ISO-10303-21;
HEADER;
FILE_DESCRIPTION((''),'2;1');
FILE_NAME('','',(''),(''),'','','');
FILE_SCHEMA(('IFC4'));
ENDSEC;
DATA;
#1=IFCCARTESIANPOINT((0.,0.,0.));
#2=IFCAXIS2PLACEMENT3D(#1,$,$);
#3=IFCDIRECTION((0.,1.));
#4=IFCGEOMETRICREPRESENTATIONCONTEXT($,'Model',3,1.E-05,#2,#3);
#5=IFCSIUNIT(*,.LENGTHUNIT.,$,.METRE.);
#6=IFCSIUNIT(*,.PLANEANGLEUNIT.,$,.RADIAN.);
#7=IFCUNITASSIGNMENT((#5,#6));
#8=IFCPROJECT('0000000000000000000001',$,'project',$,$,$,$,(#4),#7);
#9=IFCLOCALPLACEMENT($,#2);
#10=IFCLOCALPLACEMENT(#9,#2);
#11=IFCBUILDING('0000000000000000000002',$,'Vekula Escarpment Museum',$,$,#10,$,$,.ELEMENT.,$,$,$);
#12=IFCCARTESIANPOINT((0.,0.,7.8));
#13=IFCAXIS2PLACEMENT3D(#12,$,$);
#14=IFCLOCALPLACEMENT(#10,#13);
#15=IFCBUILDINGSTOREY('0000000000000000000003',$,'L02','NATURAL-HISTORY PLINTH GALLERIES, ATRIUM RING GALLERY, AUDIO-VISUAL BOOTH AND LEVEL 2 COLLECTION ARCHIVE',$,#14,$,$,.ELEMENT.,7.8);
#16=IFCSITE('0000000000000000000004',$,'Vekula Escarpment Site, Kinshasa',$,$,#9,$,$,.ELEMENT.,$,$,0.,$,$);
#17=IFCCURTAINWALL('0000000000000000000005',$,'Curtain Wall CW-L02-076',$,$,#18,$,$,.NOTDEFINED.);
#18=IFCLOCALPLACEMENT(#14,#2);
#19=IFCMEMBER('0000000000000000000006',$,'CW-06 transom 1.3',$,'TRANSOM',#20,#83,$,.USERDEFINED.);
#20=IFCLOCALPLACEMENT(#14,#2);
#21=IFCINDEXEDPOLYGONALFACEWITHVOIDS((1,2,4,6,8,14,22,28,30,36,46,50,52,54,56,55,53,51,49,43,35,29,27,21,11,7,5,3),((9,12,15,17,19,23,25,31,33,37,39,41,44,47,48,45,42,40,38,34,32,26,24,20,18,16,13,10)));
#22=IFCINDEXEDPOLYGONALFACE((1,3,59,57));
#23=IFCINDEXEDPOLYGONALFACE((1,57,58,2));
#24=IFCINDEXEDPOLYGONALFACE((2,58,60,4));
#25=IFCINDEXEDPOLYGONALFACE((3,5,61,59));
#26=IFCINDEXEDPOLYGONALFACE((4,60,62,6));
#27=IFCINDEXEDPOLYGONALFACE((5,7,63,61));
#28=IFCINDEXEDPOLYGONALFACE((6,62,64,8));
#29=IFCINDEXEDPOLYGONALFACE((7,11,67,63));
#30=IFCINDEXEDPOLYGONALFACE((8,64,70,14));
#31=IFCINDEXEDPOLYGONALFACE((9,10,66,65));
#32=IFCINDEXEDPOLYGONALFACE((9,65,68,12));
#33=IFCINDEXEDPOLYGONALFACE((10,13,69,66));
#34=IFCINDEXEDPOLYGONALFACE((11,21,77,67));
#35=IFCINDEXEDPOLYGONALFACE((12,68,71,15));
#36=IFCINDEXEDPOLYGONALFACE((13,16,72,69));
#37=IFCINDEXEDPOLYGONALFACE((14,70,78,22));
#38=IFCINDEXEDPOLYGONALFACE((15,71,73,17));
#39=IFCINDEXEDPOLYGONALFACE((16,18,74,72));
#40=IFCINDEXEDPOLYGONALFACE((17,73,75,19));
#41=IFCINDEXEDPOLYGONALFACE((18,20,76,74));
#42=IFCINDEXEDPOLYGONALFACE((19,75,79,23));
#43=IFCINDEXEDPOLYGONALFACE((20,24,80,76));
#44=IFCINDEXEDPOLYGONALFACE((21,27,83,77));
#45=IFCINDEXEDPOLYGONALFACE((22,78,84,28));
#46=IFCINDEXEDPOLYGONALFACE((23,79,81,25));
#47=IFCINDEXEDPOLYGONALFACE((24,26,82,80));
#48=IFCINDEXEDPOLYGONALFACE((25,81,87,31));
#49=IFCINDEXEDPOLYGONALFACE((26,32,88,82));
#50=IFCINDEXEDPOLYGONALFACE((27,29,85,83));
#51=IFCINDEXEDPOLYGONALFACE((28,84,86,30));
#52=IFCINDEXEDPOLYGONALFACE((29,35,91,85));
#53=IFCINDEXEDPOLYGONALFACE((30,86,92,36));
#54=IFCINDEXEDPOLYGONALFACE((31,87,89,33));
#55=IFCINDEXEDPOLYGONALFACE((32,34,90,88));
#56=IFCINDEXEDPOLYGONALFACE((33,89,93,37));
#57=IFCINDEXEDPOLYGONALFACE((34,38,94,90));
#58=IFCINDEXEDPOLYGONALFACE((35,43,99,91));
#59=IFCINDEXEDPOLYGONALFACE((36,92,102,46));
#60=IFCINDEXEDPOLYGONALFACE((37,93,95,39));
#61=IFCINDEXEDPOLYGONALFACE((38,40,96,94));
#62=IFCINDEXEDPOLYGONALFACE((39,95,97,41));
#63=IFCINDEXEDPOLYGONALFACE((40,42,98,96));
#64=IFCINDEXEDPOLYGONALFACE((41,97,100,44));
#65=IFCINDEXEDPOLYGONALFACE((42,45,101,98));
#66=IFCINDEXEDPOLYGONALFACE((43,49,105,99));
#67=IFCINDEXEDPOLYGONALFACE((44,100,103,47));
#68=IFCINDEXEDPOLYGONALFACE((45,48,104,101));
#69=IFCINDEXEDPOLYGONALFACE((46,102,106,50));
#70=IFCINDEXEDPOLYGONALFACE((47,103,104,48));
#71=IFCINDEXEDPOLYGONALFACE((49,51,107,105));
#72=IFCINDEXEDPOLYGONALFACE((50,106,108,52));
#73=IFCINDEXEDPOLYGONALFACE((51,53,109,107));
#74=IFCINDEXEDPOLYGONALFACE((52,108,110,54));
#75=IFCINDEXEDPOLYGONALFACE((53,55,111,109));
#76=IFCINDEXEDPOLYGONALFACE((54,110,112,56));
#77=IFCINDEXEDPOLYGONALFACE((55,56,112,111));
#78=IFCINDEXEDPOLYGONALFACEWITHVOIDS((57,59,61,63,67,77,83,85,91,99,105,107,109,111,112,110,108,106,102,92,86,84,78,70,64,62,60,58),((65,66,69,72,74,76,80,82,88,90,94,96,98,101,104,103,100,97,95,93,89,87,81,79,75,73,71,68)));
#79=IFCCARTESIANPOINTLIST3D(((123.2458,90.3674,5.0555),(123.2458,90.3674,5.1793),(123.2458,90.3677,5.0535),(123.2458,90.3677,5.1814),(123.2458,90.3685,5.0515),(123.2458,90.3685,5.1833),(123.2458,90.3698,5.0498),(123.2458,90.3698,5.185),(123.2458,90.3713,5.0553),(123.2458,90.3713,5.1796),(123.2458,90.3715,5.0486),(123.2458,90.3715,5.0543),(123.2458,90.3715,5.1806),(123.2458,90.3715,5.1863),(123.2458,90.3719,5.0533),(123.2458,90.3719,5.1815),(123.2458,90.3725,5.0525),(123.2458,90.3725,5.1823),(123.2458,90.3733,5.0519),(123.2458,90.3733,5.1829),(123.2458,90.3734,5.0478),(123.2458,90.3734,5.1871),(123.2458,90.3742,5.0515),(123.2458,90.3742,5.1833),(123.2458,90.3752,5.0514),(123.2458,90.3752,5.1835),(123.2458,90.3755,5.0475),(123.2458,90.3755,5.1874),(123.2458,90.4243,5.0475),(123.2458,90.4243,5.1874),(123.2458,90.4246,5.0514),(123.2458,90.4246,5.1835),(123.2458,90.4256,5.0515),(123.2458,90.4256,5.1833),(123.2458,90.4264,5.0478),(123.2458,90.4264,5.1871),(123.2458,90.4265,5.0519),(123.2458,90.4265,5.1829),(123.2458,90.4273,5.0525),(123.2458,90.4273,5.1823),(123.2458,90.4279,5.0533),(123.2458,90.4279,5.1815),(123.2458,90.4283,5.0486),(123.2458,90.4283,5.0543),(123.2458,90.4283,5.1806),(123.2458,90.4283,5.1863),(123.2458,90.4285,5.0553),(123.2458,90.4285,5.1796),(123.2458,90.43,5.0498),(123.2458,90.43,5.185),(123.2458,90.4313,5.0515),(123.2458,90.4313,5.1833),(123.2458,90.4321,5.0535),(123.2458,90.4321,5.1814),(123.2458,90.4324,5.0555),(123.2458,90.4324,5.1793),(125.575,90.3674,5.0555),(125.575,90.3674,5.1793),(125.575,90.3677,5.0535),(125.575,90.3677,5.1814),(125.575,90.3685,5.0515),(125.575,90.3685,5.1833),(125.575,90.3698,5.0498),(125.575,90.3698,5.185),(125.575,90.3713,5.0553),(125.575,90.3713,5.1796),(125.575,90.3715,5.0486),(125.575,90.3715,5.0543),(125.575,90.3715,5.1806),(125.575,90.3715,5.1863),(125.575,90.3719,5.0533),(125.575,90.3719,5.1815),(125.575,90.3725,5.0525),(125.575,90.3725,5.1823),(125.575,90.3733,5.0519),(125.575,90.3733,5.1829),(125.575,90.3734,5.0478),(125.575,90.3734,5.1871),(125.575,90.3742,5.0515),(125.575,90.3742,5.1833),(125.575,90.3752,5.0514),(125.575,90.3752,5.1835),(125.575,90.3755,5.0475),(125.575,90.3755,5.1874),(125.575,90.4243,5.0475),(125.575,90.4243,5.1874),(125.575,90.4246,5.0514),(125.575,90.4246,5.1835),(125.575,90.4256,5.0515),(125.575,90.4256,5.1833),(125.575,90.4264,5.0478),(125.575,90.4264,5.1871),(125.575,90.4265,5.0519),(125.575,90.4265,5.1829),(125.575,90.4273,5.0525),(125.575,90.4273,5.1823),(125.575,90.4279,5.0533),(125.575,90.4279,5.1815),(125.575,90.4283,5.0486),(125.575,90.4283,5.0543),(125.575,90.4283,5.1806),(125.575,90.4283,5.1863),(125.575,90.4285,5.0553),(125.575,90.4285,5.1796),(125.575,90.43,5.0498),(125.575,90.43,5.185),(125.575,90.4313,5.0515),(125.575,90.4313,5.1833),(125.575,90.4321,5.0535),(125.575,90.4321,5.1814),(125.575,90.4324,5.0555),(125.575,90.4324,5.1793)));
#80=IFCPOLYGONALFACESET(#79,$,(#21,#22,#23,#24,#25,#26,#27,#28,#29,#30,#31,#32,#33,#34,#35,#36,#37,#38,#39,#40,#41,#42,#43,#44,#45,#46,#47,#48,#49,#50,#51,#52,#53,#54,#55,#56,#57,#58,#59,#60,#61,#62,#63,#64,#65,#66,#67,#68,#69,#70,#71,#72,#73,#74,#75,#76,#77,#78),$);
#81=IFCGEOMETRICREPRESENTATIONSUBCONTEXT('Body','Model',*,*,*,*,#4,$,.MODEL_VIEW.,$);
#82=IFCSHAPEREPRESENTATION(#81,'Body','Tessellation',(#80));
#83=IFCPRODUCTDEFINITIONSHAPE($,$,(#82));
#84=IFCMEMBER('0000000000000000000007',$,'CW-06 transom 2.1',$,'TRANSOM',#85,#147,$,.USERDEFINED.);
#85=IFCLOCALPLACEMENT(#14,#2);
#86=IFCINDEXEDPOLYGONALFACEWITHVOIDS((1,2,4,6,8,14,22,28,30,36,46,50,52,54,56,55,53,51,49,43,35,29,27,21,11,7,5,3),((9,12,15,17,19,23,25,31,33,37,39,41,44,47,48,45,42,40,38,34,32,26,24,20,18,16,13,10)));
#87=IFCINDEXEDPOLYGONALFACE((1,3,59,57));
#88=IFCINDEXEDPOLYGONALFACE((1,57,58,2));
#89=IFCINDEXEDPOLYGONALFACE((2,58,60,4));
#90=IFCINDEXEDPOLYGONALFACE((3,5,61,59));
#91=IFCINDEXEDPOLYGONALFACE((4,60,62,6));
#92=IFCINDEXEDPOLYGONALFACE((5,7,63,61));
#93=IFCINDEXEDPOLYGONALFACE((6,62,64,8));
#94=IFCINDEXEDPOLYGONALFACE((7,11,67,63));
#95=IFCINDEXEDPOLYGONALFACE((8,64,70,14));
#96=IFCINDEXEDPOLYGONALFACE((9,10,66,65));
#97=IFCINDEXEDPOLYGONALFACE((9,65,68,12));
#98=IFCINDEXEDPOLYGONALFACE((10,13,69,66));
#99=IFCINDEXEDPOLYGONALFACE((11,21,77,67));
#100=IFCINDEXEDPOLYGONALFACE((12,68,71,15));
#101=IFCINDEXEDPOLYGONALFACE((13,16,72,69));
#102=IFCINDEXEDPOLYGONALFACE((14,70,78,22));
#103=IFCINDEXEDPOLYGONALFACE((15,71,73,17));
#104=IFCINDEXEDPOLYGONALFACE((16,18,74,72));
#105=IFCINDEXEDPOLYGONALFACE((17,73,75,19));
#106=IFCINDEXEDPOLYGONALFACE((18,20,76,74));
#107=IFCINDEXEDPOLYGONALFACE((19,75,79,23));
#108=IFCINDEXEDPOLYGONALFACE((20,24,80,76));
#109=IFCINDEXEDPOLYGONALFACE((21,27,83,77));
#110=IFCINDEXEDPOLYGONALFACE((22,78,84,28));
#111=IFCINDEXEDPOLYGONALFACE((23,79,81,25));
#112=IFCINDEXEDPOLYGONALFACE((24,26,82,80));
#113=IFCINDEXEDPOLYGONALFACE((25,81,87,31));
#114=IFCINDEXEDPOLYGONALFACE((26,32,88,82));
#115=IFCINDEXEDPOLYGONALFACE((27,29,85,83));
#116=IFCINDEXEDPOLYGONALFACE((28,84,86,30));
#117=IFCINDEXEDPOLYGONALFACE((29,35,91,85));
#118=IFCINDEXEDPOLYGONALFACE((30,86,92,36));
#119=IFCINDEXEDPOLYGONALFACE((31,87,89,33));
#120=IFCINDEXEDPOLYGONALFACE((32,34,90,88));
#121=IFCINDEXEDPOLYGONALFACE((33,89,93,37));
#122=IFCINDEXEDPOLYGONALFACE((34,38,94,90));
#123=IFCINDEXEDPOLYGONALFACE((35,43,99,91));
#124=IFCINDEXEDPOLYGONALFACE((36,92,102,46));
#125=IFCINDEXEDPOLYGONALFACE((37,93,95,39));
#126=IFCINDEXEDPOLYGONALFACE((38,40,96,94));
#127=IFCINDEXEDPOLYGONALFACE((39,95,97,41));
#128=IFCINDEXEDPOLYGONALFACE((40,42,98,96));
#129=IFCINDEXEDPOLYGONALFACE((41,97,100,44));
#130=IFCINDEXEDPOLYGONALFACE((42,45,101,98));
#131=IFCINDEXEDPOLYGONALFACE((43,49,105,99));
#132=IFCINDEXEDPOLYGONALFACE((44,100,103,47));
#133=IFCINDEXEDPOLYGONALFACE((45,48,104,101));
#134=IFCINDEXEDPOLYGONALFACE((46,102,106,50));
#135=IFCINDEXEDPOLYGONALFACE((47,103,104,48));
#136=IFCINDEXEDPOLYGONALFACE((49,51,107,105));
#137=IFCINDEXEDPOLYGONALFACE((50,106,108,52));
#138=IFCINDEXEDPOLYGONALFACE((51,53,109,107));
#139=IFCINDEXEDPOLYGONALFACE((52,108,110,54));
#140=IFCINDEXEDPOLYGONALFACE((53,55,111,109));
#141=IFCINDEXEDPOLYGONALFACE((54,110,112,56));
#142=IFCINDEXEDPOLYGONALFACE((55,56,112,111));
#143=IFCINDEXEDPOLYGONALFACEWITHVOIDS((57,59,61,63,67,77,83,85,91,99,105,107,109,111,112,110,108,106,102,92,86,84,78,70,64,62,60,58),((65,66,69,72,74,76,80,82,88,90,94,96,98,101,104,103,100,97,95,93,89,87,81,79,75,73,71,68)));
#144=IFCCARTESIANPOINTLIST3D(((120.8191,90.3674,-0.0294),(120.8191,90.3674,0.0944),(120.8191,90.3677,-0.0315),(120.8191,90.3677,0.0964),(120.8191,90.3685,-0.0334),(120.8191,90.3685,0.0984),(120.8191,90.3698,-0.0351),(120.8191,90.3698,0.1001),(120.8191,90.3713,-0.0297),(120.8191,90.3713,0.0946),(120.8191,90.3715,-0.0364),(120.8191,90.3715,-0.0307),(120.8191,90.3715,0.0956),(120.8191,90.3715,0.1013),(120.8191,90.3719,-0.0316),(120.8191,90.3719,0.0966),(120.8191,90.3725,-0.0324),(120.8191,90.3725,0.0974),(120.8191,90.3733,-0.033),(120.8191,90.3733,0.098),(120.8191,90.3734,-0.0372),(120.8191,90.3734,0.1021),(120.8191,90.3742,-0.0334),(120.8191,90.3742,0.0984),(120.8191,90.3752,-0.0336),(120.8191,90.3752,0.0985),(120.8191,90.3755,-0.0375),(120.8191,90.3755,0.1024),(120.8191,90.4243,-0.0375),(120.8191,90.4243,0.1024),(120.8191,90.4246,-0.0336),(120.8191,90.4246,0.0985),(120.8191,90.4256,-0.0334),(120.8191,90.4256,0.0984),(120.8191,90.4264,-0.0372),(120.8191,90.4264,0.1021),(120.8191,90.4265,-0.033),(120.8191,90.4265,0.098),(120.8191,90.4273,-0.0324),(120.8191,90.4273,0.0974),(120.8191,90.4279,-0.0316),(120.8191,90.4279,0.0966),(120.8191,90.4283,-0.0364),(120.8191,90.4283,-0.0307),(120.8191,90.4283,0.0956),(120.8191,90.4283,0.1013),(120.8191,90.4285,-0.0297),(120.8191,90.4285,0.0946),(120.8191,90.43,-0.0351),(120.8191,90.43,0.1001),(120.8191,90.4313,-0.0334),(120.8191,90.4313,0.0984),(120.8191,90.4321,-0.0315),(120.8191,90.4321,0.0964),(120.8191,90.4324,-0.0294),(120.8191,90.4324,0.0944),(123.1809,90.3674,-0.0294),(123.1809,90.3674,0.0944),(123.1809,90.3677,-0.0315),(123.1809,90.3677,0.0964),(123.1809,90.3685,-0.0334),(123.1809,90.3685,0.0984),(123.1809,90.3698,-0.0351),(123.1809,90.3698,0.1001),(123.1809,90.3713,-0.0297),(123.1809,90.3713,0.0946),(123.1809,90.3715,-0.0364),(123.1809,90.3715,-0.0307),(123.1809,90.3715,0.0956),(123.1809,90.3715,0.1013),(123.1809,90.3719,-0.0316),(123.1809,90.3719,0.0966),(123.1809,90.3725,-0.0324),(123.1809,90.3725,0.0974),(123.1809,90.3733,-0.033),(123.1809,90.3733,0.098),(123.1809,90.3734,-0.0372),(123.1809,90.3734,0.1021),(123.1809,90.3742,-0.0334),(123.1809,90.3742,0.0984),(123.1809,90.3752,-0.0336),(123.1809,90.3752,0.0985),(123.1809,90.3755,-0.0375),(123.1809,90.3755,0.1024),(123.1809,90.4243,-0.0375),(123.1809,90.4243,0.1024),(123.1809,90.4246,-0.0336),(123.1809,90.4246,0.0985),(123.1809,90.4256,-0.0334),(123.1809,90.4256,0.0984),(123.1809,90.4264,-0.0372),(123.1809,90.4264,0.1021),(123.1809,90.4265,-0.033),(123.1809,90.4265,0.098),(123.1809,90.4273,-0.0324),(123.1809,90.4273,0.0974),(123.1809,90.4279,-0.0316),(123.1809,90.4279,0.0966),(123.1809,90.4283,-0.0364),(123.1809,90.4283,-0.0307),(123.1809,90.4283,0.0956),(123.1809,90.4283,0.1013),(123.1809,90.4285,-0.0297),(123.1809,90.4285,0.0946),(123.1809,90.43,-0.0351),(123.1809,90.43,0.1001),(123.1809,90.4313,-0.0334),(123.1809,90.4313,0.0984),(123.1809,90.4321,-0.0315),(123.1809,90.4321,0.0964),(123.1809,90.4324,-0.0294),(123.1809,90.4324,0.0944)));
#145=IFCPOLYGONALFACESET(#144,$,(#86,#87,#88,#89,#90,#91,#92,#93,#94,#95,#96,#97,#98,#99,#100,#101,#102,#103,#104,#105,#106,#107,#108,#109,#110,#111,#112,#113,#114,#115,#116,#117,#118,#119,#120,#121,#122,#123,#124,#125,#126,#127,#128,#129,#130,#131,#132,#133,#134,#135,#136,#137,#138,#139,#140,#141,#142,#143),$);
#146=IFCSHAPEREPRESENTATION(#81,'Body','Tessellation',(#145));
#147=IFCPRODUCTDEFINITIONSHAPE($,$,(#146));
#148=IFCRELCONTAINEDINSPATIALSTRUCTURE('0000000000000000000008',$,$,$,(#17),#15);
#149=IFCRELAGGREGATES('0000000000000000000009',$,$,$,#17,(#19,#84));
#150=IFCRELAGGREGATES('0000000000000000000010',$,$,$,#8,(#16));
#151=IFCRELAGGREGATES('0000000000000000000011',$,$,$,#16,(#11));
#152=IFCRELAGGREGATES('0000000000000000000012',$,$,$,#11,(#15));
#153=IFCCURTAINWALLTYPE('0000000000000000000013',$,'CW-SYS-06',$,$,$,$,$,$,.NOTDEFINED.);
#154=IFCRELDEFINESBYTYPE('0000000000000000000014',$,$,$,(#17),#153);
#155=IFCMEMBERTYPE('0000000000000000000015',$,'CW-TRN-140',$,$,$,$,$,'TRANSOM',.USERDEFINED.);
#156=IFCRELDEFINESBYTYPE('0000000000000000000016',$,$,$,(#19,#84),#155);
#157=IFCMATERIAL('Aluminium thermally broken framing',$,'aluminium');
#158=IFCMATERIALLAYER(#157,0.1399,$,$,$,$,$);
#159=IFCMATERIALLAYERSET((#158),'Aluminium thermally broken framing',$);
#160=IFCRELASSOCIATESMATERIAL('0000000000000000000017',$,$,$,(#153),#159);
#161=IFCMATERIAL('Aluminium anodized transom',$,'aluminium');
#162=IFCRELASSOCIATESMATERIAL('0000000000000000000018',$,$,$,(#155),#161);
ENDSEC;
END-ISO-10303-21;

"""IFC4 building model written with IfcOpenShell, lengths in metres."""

from ifc_helpers import new_model, si_unit, direction, frame, origin, origin_2d, place, context, subcontext, project, spatial, hollow_rectangle, extrude, material, layer, layer_set, material_profile, profile_set, type_object, element, aggregate, save


model = new_model("IFC4")

# Units and contexts
model_context = context("Model", 3, precision=1e-05, world=origin(), true_north=direction((0.0, 1.0)))
body_context = subcontext(model_context, "Body", "Model", "MODEL_VIEW")
ifc_project = project(units=[si_unit("LENGTHUNIT", "METRE"), si_unit("PLANEANGLEUNIT", "RADIAN")], contexts=[model_context])

# Site, building, storey
site_placement = place(None, origin())
site = spatial("IfcSite", under=ifc_project, at=site_placement, Name="Vekula Escarpment Site, Kinshasa", CompositionType="ELEMENT", RefElevation=0.0)
building_placement = place(site_placement, origin())
building = spatial("IfcBuilding", under=site, at=building_placement, Name="Vekula Escarpment Museum", CompositionType="ELEMENT")
storey_placement = place(building_placement, frame((0.0, 0.0, 7.8)))
storey = spatial("IfcBuildingStorey", under=building, at=storey_placement, Name="L02", Description="NATURAL-HISTORY PLINTH GALLERIES, ATRIUM RING GALLERY, AUDIO-VISUAL BOOTH AND LEVEL 2 COLLECTION ARCHIVE", CompositionType="ELEMENT", Elevation=7.8)

# Curtain wall, members
ifc_material_1 = material(Name="Aluminium thermally broken framing", Category="aluminium")
ifc_layer_1 = layer(ifc_material_1, 0.1399)
ifc_layer_set_1 = layer_set([ifc_layer_1], Name="Aluminium thermally broken framing")
curtain_wall_type = type_object("IfcCurtainWallType", Name="CW-SYS-06", PredefinedType="NOTDEFINED", material=ifc_layer_set_1)
curtain_wall_placement = place(storey_placement, origin())
curtain_wall = element("IfcCurtainWall", 1, at=curtain_wall_placement, inside=storey, type_object=curtain_wall_type, Name="Curtain Wall CW-L02-076", PredefinedType="NOTDEFINED")
ifc_material_2 = material(Name="Aluminium anodized transom", Category="aluminium")
ifc_material_profile_1 = material_profile(ifc_material_2, hollow_rectangle(XDim=0.0649, YDim=0.1399, WallThickness=0.0039, InnerFilletRadius=0.0039, OuterFilletRadius=0.0081, at=origin_2d()), Name="ALU 140x65x4")
ifc_profile_set_1 = profile_set([ifc_material_profile_1], Name="Aluminium anodized transom")
member_type_1 = type_object("IfcMemberType", Name="CW-TRN-140", ElementType="TRANSOM", PredefinedType="USERDEFINED", material=ifc_profile_set_1)
member_1_placement = place(storey_placement, frame((125.575, 90.3999, 5.1174), z_axis=(-1.0, 0.0, 0.0), x_axis=(0.0, -1.0, 0.0)))
member_1 = element("IfcMember", 2, at=member_1_placement, type_object=member_type_1, Name="CW-06 transom 1.3", ObjectType="TRANSOM", PredefinedType="USERDEFINED", context=body_context, shape_type="SweptSolid", body=[
    extrude(hollow_rectangle(XDim=0.0649, YDim=0.1399, WallThickness=0.0039, InnerFilletRadius=0.0039, OuterFilletRadius=0.0081, at=origin_2d()), origin(), (0.0, 0.0, 1.0), 2.3291),
])
member_2_placement = place(storey_placement, frame((123.1809, 90.3999, 0.0325), z_axis=(-1.0, 0.0, 0.0), x_axis=(0.0, -1.0, 0.0)))
member_2 = element("IfcMember", 3, at=member_2_placement, type_object=member_type_1, Name="CW-06 transom 2.1", ObjectType="TRANSOM", PredefinedType="USERDEFINED", context=body_context, shape_type="SweptSolid", body=[
    extrude(hollow_rectangle(XDim=0.0649, YDim=0.1399, WallThickness=0.0039, InnerFilletRadius=0.0039, OuterFilletRadius=0.0081, at=origin_2d()), origin(), (0.0, 0.0, 1.0), 2.3618),
])

aggregate(curtain_wall, [member_1, member_2])

save(model, "model.ifc")
